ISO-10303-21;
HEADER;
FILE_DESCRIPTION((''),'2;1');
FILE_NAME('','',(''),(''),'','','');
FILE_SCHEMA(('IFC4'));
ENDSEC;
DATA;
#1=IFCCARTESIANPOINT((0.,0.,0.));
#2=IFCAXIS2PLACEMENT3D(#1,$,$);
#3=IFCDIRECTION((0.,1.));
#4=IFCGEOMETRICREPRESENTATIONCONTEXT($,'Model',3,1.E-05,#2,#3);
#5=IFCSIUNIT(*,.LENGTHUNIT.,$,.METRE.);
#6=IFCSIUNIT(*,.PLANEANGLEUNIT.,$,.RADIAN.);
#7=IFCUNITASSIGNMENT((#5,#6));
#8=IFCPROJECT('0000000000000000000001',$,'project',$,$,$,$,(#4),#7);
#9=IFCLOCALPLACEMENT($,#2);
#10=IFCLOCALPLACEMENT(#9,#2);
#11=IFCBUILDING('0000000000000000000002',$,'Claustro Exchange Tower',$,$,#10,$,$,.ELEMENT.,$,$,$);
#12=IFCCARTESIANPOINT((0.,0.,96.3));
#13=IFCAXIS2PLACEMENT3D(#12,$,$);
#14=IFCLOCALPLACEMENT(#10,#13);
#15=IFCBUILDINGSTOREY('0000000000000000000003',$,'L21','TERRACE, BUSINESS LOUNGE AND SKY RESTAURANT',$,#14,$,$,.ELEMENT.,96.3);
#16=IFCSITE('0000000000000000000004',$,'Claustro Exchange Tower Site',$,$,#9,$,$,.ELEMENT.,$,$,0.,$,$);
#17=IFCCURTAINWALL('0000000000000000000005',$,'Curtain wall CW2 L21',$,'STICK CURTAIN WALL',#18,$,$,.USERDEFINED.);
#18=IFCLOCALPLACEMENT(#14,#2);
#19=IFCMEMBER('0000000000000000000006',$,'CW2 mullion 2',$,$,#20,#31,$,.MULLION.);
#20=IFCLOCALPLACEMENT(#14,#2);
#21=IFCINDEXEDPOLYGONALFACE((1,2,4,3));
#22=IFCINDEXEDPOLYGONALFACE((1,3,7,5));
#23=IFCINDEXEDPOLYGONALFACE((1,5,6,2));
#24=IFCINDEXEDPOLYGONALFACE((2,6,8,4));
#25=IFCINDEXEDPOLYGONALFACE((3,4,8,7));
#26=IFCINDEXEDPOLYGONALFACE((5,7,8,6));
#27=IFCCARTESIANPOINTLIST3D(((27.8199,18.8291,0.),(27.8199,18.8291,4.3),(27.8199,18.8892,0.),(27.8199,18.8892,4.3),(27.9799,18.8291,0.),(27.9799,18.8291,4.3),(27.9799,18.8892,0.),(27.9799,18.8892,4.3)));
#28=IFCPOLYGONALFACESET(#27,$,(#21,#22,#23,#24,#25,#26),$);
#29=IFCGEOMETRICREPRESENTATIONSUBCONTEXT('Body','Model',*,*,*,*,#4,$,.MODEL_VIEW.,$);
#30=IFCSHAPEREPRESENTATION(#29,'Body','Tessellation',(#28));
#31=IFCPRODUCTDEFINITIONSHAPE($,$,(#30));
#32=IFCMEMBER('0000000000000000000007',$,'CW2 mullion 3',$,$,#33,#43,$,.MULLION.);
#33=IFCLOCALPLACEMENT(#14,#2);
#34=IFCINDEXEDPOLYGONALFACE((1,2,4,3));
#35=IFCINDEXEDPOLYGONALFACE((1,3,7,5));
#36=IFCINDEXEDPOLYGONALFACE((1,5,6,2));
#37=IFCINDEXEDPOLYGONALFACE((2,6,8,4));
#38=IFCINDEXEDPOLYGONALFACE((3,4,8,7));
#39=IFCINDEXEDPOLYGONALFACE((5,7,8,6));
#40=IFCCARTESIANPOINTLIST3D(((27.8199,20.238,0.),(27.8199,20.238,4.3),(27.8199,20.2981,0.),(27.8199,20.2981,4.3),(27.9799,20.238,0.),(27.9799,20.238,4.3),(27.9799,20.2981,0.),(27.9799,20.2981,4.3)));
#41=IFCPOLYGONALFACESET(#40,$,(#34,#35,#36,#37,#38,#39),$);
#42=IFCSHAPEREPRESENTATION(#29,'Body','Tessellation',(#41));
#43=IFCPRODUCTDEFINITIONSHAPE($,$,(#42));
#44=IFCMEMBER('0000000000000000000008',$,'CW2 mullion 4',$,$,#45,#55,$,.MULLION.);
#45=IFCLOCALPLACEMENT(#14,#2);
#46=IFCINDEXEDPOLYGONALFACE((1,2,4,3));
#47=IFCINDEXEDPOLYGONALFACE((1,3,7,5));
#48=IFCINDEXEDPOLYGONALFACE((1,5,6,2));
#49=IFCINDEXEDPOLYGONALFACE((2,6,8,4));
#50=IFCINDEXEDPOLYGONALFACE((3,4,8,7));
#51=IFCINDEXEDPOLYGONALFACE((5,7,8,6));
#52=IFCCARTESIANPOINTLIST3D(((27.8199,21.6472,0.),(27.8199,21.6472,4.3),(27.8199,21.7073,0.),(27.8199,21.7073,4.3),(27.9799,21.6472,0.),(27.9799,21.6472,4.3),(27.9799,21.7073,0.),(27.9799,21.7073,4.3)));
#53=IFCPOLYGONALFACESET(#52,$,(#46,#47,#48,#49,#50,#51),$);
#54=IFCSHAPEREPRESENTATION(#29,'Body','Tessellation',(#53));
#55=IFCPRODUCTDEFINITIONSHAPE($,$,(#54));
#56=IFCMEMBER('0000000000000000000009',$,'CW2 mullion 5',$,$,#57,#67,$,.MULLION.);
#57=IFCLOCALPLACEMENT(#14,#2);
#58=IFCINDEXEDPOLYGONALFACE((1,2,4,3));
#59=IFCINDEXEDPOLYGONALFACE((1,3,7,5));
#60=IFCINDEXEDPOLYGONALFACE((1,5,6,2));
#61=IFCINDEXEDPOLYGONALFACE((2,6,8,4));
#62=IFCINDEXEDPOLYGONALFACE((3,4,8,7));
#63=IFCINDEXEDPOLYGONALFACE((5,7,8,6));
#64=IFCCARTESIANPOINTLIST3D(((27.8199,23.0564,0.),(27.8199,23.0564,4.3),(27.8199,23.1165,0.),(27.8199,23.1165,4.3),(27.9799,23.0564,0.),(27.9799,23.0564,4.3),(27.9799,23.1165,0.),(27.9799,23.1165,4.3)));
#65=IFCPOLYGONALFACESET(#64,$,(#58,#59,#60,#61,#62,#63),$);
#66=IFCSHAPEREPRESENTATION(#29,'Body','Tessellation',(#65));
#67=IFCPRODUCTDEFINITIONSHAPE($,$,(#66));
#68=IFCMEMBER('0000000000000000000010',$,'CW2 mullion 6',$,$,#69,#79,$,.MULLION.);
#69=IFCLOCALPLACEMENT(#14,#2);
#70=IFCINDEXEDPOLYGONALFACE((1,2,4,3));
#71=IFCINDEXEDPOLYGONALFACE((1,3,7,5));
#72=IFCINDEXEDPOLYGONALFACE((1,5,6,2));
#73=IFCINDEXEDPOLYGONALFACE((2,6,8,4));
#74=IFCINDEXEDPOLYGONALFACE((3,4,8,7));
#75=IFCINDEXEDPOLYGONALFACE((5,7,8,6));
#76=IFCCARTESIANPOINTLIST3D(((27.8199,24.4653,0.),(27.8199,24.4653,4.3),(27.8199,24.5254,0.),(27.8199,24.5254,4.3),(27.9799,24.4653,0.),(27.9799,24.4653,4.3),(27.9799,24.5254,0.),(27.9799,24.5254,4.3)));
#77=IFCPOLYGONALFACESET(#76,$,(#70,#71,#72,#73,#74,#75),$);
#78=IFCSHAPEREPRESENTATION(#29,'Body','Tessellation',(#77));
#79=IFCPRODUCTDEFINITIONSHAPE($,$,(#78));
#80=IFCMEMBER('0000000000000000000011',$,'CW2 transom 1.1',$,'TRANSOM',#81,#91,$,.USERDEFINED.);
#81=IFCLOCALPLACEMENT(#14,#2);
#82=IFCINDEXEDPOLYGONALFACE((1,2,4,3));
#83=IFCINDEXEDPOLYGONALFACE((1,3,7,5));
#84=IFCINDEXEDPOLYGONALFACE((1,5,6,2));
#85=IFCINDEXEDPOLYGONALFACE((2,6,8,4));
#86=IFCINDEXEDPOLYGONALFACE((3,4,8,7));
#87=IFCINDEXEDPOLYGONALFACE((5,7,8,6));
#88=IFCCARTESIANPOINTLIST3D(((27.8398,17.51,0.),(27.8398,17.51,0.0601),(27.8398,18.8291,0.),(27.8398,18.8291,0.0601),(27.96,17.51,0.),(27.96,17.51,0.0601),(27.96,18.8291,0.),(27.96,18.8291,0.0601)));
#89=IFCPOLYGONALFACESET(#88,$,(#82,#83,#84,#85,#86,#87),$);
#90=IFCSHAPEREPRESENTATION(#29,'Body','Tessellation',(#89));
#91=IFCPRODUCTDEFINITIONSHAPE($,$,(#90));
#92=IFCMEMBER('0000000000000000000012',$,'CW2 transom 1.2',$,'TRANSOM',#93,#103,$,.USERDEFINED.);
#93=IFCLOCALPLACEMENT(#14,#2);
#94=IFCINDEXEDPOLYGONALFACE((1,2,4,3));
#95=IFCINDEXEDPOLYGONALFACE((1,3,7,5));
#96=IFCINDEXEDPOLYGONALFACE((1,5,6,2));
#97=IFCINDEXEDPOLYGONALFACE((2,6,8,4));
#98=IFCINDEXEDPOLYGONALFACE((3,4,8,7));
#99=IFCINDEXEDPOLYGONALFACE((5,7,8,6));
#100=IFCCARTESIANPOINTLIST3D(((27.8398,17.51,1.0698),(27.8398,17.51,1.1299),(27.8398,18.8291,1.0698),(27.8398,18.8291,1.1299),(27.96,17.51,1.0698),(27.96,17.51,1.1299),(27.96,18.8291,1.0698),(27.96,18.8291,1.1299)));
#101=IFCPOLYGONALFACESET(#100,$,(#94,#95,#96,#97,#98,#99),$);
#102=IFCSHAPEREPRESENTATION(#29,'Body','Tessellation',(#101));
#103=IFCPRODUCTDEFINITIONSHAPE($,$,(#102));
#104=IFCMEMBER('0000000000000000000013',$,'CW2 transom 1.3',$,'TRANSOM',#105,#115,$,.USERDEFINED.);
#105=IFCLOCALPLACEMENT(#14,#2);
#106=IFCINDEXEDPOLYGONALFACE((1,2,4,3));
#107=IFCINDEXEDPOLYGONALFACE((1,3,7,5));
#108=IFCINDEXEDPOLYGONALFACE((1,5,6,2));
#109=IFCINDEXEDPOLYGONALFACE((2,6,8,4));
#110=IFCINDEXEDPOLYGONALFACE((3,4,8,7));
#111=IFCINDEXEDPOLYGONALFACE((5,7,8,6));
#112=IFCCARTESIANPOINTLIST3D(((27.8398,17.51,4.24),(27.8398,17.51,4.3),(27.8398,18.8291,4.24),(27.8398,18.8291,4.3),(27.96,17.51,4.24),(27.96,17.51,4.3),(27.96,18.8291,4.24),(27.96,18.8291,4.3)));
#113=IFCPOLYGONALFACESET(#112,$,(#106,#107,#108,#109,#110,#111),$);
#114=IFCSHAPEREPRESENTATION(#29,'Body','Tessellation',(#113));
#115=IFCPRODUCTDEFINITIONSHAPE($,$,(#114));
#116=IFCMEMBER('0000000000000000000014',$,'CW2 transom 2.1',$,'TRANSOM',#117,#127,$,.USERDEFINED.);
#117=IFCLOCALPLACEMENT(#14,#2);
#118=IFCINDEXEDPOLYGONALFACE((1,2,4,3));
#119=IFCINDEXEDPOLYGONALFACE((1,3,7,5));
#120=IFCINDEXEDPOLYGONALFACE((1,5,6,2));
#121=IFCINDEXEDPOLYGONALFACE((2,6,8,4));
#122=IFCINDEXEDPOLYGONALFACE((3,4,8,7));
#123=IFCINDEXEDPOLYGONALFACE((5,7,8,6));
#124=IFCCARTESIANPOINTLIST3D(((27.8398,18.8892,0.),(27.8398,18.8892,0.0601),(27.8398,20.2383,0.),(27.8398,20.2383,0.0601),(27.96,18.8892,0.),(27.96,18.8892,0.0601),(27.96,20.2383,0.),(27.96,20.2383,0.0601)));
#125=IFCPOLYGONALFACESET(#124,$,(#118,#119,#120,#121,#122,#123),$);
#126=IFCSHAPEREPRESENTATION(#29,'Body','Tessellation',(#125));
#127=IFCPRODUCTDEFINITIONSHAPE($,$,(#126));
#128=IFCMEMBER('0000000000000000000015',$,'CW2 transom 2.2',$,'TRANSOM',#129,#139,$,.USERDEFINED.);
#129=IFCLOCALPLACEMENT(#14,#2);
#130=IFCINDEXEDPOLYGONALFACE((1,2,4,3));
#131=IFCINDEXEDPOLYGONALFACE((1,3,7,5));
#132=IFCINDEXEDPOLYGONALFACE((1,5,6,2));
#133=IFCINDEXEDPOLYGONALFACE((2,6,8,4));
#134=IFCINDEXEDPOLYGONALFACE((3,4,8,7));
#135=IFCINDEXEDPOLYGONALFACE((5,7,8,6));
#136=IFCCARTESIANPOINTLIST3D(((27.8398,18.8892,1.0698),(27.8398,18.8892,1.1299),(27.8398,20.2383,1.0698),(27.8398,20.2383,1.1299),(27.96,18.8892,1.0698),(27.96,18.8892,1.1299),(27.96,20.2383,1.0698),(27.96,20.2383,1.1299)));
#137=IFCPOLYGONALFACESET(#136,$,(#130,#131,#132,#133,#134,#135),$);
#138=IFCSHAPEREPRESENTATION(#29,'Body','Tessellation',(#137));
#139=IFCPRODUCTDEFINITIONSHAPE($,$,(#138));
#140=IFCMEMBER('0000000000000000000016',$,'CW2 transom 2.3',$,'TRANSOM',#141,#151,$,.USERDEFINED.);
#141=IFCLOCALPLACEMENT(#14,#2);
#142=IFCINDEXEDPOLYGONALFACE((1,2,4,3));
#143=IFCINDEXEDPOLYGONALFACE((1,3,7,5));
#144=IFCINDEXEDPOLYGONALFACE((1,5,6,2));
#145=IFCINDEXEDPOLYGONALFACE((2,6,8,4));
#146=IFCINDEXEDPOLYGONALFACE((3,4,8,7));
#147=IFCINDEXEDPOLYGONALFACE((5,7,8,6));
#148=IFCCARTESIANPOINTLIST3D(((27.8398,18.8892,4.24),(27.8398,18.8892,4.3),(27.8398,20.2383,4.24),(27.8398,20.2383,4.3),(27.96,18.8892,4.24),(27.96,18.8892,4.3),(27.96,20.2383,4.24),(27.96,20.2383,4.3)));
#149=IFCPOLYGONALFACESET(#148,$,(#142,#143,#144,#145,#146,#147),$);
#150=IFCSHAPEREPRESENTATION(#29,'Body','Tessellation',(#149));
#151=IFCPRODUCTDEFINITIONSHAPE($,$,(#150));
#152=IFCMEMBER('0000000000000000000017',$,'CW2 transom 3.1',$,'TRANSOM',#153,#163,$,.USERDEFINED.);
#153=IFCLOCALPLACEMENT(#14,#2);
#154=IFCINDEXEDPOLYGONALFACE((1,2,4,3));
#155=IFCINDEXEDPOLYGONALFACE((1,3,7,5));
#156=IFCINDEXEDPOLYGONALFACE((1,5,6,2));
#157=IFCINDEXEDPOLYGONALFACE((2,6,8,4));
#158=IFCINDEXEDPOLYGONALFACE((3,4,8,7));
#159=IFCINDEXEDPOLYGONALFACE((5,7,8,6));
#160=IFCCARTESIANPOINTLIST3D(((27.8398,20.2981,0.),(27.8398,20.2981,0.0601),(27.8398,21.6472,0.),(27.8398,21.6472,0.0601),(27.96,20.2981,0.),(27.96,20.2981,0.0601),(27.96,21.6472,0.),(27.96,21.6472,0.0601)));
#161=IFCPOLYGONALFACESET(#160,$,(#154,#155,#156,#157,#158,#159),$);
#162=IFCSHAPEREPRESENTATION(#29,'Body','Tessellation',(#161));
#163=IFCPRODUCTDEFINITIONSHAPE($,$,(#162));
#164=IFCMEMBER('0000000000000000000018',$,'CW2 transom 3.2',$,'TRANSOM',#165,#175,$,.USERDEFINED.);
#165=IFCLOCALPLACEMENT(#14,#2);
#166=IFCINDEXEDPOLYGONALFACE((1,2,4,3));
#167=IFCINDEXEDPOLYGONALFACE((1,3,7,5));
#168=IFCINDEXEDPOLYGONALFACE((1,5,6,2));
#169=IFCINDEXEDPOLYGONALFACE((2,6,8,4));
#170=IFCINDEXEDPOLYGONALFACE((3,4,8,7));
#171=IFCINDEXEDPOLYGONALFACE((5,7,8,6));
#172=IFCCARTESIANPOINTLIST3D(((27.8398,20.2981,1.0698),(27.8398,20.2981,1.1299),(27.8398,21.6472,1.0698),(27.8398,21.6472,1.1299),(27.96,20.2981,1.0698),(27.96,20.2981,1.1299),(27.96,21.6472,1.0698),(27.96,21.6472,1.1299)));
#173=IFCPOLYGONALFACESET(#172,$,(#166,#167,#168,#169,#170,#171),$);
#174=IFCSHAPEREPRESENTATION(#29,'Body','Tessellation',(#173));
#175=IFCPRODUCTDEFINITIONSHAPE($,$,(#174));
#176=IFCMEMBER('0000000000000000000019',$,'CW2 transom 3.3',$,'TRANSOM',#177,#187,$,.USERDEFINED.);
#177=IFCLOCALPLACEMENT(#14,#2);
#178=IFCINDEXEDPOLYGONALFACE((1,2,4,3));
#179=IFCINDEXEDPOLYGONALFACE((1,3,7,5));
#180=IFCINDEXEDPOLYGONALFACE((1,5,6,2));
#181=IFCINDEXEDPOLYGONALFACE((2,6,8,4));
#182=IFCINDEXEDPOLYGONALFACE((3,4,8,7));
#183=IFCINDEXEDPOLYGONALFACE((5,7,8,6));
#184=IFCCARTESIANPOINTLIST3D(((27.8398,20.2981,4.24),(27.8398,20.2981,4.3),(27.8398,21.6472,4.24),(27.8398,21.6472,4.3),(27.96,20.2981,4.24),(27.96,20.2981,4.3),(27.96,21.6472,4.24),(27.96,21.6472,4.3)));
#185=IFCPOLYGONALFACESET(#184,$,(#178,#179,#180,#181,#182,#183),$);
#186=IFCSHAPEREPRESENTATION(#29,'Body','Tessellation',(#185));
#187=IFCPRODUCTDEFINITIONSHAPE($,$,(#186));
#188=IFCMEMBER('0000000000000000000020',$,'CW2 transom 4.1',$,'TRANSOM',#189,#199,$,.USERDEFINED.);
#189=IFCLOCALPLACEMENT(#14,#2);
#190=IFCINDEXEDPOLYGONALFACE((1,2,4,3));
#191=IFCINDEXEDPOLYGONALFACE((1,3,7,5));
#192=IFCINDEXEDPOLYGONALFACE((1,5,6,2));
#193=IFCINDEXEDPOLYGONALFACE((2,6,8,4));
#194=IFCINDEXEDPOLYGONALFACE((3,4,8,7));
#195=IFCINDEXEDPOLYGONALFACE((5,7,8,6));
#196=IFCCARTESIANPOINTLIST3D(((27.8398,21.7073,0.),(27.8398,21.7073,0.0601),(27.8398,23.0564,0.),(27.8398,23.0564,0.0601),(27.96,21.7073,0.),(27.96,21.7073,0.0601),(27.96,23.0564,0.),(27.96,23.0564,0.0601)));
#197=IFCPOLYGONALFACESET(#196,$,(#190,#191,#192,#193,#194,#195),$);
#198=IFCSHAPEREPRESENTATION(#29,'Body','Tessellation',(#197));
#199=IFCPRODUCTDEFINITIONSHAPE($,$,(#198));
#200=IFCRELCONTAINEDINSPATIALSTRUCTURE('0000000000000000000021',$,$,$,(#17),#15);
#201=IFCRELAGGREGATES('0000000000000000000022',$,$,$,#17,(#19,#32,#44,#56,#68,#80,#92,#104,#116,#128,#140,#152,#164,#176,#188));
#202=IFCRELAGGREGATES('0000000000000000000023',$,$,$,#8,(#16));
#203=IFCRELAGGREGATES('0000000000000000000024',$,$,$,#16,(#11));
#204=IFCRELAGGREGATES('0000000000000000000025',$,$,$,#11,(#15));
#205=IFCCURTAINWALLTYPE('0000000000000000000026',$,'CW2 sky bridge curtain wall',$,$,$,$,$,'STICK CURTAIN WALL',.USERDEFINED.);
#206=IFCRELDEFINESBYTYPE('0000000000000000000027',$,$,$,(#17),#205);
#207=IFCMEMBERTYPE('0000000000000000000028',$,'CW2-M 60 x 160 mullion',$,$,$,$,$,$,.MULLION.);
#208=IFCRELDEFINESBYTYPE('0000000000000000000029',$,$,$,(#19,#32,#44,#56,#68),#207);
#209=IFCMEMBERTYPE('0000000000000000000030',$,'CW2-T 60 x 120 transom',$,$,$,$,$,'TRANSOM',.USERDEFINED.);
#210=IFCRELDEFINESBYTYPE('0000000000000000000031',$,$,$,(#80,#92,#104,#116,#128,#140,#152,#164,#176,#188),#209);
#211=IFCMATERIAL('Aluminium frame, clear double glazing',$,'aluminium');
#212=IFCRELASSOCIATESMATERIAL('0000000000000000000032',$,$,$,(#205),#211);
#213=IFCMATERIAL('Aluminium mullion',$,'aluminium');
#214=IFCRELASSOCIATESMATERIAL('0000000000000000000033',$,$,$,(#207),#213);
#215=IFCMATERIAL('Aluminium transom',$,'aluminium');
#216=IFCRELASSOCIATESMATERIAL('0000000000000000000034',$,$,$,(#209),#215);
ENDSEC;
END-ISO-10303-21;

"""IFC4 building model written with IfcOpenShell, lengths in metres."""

from ifc_helpers import new_model, si_unit, direction, frame, origin, origin_2d, place, context, subcontext, project, spatial, rectangle, extrude, material, material_profile, profile_set, type_object, element, aggregate, save


model = new_model("IFC4")

# Units and contexts
model_context = context("Model", 3, precision=1e-05, world=origin(), true_north=direction((0.0, 1.0)))
body_context = subcontext(model_context, "Body", "Model", "MODEL_VIEW")
ifc_project = project(units=[si_unit("LENGTHUNIT", "METRE"), si_unit("PLANEANGLEUNIT", "RADIAN")], contexts=[model_context])

# Site, building, storey
site_placement = place(None, origin())
site = spatial("IfcSite", under=ifc_project, at=site_placement, Name="Claustro Exchange Tower Site", CompositionType="ELEMENT", RefElevation=0.0)
building_placement = place(site_placement, origin())
building = spatial("IfcBuilding", under=site, at=building_placement, Name="Claustro Exchange Tower", CompositionType="ELEMENT")
storey_placement = place(building_placement, frame((0.0, 0.0, 96.3)))
storey = spatial("IfcBuildingStorey", under=building, at=storey_placement, Name="L21", Description="TERRACE, BUSINESS LOUNGE AND SKY RESTAURANT", CompositionType="ELEMENT", Elevation=96.3)

# Curtain wall, members
ifc_material_1 = material(Name="Aluminium frame, clear double glazing", Category="aluminium")
curtain_wall_type = type_object("IfcCurtainWallType", Name="CW2 sky bridge curtain wall", ElementType="STICK CURTAIN WALL", PredefinedType="USERDEFINED", material=ifc_material_1)
curtain_wall_placement = place(storey_placement, origin())
curtain_wall = element("IfcCurtainWall", 1, at=curtain_wall_placement, inside=storey, type_object=curtain_wall_type, Name="Curtain wall CW2 L21", ObjectType="STICK CURTAIN WALL", PredefinedType="USERDEFINED")
ifc_material_2 = material(Name="Aluminium mullion", Category="aluminium")
ifc_material_profile_1 = material_profile(ifc_material_2, rectangle(XDim=0.1599, YDim=0.0601, at=origin_2d()), Name="CW2-M 60x160")
ifc_profile_set_1 = profile_set([ifc_material_profile_1], Name="Aluminium mullion")
member_type_1 = type_object("IfcMemberType", Name="CW2-M 60 x 160 mullion", PredefinedType="MULLION", material=ifc_profile_set_1)
member_1_placement = place(storey_placement, frame((27.8999, 18.8591, 0.0), z_axis=(0.0, 0.0, 1.0), x_axis=(-1.0, 0.0, 0.0)))
member_1 = element("IfcMember", 2, at=member_1_placement, type_object=member_type_1, Name="CW2 mullion 2", PredefinedType="MULLION", context=body_context, shape_type="SweptSolid", body=[
    extrude(rectangle(XDim=0.1599, YDim=0.0601, at=origin_2d()), origin(), (0.0, 0.0, 1.0), 4.3),
])
member_2_placement = place(storey_placement, frame((27.8999, 20.2681, 0.0), z_axis=(0.0, 0.0, 1.0), x_axis=(-1.0, 0.0, 0.0)))
member_2 = element("IfcMember", 3, at=member_2_placement, type_object=member_type_1, Name="CW2 mullion 3", PredefinedType="MULLION", context=body_context, shape_type="SweptSolid", body=[
    extrude(rectangle(XDim=0.1599, YDim=0.0601, at=origin_2d()), origin(), (0.0, 0.0, 1.0), 4.3),
])
member_3_placement = place(storey_placement, frame((27.8999, 21.6772, 0.0), z_axis=(0.0, 0.0, 1.0), x_axis=(-1.0, 0.0, 0.0)))
member_3 = element("IfcMember", 4, at=member_3_placement, type_object=member_type_1, Name="CW2 mullion 4", PredefinedType="MULLION", context=body_context, shape_type="SweptSolid", body=[
    extrude(rectangle(XDim=0.1599, YDim=0.0601, at=origin_2d()), origin(), (0.0, 0.0, 1.0), 4.3),
])
member_4_placement = place(storey_placement, frame((27.8999, 23.0864, 0.0), z_axis=(0.0, 0.0, 1.0), x_axis=(-1.0, 0.0, 0.0)))
member_4 = element("IfcMember", 5, at=member_4_placement, type_object=member_type_1, Name="CW2 mullion 5", PredefinedType="MULLION", context=body_context, shape_type="SweptSolid", body=[
    extrude(rectangle(XDim=0.1599, YDim=0.0601, at=origin_2d()), origin(), (0.0, 0.0, 1.0), 4.3),
])
member_5_placement = place(storey_placement, frame((27.8999, 24.4954, 0.0), z_axis=(0.0, 0.0, 1.0), x_axis=(-1.0, 0.0, 0.0)))
member_5 = element("IfcMember", 6, at=member_5_placement, type_object=member_type_1, Name="CW2 mullion 6", PredefinedType="MULLION", context=body_context, shape_type="SweptSolid", body=[
    extrude(rectangle(XDim=0.1599, YDim=0.0601, at=origin_2d()), origin(), (0.0, 0.0, 1.0), 4.3),
])
ifc_material_3 = material(Name="Aluminium transom", Category="aluminium")
ifc_material_profile_2 = material_profile(ifc_material_3, rectangle(XDim=0.1201, YDim=0.0601, at=origin_2d()), Name="CW2-T 60x120")
ifc_profile_set_2 = profile_set([ifc_material_profile_2], Name="Aluminium transom")
member_type_2 = type_object("IfcMemberType", Name="CW2-T 60 x 120 transom", ElementType="TRANSOM", PredefinedType="USERDEFINED", material=ifc_profile_set_2)
member_6_placement = place(storey_placement, frame((27.8999, 17.51, 0.03), z_axis=(0.0, 1.0, 0.0), x_axis=(-1.0, 0.0, 0.0)))
member_6 = element("IfcMember", 7, at=member_6_placement, type_object=member_type_2, Name="CW2 transom 1.1", ObjectType="TRANSOM", PredefinedType="USERDEFINED", context=body_context, shape_type="SweptSolid", body=[
    extrude(rectangle(XDim=0.1201, YDim=0.0601, at=origin_2d()), origin(), (0.0, 0.0, 1.0), 1.3191),
])
member_7_placement = place(storey_placement, frame((27.8999, 17.51, 1.0999), z_axis=(0.0, 1.0, 0.0), x_axis=(-1.0, 0.0, 0.0)))
member_7 = element("IfcMember", 8, at=member_7_placement, type_object=member_type_2, Name="CW2 transom 1.2", ObjectType="TRANSOM", PredefinedType="USERDEFINED", context=body_context, shape_type="SweptSolid", body=[
    extrude(rectangle(XDim=0.1201, YDim=0.0601, at=origin_2d()), origin(), (0.0, 0.0, 1.0), 1.3191),
])
member_8_placement = place(storey_placement, frame((27.8999, 17.51, 4.27), z_axis=(0.0, 1.0, 0.0), x_axis=(-1.0, 0.0, 0.0)))
member_8 = element("IfcMember", 9, at=member_8_placement, type_object=member_type_2, Name="CW2 transom 1.3", ObjectType="TRANSOM", PredefinedType="USERDEFINED", context=body_context, shape_type="SweptSolid", body=[
    extrude(rectangle(XDim=0.1201, YDim=0.0601, at=origin_2d()), origin(), (0.0, 0.0, 1.0), 1.3191),
])
member_9_placement = place(storey_placement, frame((27.8999, 18.8892, 0.03), z_axis=(0.0, 1.0, 0.0), x_axis=(-1.0, 0.0, 0.0)))
member_9 = element("IfcMember", 10, at=member_9_placement, type_object=member_type_2, Name="CW2 transom 2.1", ObjectType="TRANSOM", PredefinedType="USERDEFINED", context=body_context, shape_type="SweptSolid", body=[
    extrude(rectangle(XDim=0.1201, YDim=0.0601, at=origin_2d()), origin(), (0.0, 0.0, 1.0), 1.3491),
])
member_10_placement = place(storey_placement, frame((27.8999, 18.8892, 1.0999), z_axis=(0.0, 1.0, 0.0), x_axis=(-1.0, 0.0, 0.0)))
member_10 = element("IfcMember", 11, at=member_10_placement, type_object=member_type_2, Name="CW2 transom 2.2", ObjectType="TRANSOM", PredefinedType="USERDEFINED", context=body_context, shape_type="SweptSolid", body=[
    extrude(rectangle(XDim=0.1201, YDim=0.0601, at=origin_2d()), origin(), (0.0, 0.0, 1.0), 1.3491),
])
member_11_placement = place(storey_placement, frame((27.8999, 18.8892, 4.27), z_axis=(0.0, 1.0, 0.0), x_axis=(-1.0, 0.0, 0.0)))
member_11 = element("IfcMember", 12, at=member_11_placement, type_object=member_type_2, Name="CW2 transom 2.3", ObjectType="TRANSOM", PredefinedType="USERDEFINED", context=body_context, shape_type="SweptSolid", body=[
    extrude(rectangle(XDim=0.1201, YDim=0.0601, at=origin_2d()), origin(), (0.0, 0.0, 1.0), 1.3491),
])
member_12_placement = place(storey_placement, frame((27.8999, 20.2981, 0.03), z_axis=(0.0, 1.0, 0.0), x_axis=(-1.0, 0.0, 0.0)))
member_12 = element("IfcMember", 13, at=member_12_placement, type_object=member_type_2, Name="CW2 transom 3.1", ObjectType="TRANSOM", PredefinedType="USERDEFINED", context=body_context, shape_type="SweptSolid", body=[
    extrude(rectangle(XDim=0.1201, YDim=0.0601, at=origin_2d()), origin(), (0.0, 0.0, 1.0), 1.3491),
])
member_13_placement = place(storey_placement, frame((27.8999, 20.2981, 1.0999), z_axis=(0.0, 1.0, 0.0), x_axis=(-1.0, 0.0, 0.0)))
member_13 = element("IfcMember", 14, at=member_13_placement, type_object=member_type_2, Name="CW2 transom 3.2", ObjectType="TRANSOM", PredefinedType="USERDEFINED", context=body_context, shape_type="SweptSolid", body=[
    extrude(rectangle(XDim=0.1201, YDim=0.0601, at=origin_2d()), origin(), (0.0, 0.0, 1.0), 1.3491),
])
member_14_placement = place(storey_placement, frame((27.8999, 20.2981, 4.27), z_axis=(0.0, 1.0, 0.0), x_axis=(-1.0, 0.0, 0.0)))
member_14 = element("IfcMember", 15, at=member_14_placement, type_object=member_type_2, Name="CW2 transom 3.3", ObjectType="TRANSOM", PredefinedType="USERDEFINED", context=body_context, shape_type="SweptSolid", body=[
    extrude(rectangle(XDim=0.1201, YDim=0.0601, at=origin_2d()), origin(), (0.0, 0.0, 1.0), 1.3491),
])
member_15_placement = place(storey_placement, frame((27.8999, 21.7073, 0.03), z_axis=(0.0, 1.0, 0.0), x_axis=(-1.0, 0.0, 0.0)))
member_15 = element("IfcMember", 16, at=member_15_placement, type_object=member_type_2, Name="CW2 transom 4.1", ObjectType="TRANSOM", PredefinedType="USERDEFINED", context=body_context, shape_type="SweptSolid", body=[
    extrude(rectangle(XDim=0.1201, YDim=0.0601, at=origin_2d()), origin(), (0.0, 0.0, 1.0), 1.3491),
])
aggregate(curtain_wall, [member_1, member_2, member_3, member_4, member_5, member_6, member_7, member_8, member_9, member_10, member_11, member_12, member_13, member_14, member_15])

save(model, "model.ifc")
